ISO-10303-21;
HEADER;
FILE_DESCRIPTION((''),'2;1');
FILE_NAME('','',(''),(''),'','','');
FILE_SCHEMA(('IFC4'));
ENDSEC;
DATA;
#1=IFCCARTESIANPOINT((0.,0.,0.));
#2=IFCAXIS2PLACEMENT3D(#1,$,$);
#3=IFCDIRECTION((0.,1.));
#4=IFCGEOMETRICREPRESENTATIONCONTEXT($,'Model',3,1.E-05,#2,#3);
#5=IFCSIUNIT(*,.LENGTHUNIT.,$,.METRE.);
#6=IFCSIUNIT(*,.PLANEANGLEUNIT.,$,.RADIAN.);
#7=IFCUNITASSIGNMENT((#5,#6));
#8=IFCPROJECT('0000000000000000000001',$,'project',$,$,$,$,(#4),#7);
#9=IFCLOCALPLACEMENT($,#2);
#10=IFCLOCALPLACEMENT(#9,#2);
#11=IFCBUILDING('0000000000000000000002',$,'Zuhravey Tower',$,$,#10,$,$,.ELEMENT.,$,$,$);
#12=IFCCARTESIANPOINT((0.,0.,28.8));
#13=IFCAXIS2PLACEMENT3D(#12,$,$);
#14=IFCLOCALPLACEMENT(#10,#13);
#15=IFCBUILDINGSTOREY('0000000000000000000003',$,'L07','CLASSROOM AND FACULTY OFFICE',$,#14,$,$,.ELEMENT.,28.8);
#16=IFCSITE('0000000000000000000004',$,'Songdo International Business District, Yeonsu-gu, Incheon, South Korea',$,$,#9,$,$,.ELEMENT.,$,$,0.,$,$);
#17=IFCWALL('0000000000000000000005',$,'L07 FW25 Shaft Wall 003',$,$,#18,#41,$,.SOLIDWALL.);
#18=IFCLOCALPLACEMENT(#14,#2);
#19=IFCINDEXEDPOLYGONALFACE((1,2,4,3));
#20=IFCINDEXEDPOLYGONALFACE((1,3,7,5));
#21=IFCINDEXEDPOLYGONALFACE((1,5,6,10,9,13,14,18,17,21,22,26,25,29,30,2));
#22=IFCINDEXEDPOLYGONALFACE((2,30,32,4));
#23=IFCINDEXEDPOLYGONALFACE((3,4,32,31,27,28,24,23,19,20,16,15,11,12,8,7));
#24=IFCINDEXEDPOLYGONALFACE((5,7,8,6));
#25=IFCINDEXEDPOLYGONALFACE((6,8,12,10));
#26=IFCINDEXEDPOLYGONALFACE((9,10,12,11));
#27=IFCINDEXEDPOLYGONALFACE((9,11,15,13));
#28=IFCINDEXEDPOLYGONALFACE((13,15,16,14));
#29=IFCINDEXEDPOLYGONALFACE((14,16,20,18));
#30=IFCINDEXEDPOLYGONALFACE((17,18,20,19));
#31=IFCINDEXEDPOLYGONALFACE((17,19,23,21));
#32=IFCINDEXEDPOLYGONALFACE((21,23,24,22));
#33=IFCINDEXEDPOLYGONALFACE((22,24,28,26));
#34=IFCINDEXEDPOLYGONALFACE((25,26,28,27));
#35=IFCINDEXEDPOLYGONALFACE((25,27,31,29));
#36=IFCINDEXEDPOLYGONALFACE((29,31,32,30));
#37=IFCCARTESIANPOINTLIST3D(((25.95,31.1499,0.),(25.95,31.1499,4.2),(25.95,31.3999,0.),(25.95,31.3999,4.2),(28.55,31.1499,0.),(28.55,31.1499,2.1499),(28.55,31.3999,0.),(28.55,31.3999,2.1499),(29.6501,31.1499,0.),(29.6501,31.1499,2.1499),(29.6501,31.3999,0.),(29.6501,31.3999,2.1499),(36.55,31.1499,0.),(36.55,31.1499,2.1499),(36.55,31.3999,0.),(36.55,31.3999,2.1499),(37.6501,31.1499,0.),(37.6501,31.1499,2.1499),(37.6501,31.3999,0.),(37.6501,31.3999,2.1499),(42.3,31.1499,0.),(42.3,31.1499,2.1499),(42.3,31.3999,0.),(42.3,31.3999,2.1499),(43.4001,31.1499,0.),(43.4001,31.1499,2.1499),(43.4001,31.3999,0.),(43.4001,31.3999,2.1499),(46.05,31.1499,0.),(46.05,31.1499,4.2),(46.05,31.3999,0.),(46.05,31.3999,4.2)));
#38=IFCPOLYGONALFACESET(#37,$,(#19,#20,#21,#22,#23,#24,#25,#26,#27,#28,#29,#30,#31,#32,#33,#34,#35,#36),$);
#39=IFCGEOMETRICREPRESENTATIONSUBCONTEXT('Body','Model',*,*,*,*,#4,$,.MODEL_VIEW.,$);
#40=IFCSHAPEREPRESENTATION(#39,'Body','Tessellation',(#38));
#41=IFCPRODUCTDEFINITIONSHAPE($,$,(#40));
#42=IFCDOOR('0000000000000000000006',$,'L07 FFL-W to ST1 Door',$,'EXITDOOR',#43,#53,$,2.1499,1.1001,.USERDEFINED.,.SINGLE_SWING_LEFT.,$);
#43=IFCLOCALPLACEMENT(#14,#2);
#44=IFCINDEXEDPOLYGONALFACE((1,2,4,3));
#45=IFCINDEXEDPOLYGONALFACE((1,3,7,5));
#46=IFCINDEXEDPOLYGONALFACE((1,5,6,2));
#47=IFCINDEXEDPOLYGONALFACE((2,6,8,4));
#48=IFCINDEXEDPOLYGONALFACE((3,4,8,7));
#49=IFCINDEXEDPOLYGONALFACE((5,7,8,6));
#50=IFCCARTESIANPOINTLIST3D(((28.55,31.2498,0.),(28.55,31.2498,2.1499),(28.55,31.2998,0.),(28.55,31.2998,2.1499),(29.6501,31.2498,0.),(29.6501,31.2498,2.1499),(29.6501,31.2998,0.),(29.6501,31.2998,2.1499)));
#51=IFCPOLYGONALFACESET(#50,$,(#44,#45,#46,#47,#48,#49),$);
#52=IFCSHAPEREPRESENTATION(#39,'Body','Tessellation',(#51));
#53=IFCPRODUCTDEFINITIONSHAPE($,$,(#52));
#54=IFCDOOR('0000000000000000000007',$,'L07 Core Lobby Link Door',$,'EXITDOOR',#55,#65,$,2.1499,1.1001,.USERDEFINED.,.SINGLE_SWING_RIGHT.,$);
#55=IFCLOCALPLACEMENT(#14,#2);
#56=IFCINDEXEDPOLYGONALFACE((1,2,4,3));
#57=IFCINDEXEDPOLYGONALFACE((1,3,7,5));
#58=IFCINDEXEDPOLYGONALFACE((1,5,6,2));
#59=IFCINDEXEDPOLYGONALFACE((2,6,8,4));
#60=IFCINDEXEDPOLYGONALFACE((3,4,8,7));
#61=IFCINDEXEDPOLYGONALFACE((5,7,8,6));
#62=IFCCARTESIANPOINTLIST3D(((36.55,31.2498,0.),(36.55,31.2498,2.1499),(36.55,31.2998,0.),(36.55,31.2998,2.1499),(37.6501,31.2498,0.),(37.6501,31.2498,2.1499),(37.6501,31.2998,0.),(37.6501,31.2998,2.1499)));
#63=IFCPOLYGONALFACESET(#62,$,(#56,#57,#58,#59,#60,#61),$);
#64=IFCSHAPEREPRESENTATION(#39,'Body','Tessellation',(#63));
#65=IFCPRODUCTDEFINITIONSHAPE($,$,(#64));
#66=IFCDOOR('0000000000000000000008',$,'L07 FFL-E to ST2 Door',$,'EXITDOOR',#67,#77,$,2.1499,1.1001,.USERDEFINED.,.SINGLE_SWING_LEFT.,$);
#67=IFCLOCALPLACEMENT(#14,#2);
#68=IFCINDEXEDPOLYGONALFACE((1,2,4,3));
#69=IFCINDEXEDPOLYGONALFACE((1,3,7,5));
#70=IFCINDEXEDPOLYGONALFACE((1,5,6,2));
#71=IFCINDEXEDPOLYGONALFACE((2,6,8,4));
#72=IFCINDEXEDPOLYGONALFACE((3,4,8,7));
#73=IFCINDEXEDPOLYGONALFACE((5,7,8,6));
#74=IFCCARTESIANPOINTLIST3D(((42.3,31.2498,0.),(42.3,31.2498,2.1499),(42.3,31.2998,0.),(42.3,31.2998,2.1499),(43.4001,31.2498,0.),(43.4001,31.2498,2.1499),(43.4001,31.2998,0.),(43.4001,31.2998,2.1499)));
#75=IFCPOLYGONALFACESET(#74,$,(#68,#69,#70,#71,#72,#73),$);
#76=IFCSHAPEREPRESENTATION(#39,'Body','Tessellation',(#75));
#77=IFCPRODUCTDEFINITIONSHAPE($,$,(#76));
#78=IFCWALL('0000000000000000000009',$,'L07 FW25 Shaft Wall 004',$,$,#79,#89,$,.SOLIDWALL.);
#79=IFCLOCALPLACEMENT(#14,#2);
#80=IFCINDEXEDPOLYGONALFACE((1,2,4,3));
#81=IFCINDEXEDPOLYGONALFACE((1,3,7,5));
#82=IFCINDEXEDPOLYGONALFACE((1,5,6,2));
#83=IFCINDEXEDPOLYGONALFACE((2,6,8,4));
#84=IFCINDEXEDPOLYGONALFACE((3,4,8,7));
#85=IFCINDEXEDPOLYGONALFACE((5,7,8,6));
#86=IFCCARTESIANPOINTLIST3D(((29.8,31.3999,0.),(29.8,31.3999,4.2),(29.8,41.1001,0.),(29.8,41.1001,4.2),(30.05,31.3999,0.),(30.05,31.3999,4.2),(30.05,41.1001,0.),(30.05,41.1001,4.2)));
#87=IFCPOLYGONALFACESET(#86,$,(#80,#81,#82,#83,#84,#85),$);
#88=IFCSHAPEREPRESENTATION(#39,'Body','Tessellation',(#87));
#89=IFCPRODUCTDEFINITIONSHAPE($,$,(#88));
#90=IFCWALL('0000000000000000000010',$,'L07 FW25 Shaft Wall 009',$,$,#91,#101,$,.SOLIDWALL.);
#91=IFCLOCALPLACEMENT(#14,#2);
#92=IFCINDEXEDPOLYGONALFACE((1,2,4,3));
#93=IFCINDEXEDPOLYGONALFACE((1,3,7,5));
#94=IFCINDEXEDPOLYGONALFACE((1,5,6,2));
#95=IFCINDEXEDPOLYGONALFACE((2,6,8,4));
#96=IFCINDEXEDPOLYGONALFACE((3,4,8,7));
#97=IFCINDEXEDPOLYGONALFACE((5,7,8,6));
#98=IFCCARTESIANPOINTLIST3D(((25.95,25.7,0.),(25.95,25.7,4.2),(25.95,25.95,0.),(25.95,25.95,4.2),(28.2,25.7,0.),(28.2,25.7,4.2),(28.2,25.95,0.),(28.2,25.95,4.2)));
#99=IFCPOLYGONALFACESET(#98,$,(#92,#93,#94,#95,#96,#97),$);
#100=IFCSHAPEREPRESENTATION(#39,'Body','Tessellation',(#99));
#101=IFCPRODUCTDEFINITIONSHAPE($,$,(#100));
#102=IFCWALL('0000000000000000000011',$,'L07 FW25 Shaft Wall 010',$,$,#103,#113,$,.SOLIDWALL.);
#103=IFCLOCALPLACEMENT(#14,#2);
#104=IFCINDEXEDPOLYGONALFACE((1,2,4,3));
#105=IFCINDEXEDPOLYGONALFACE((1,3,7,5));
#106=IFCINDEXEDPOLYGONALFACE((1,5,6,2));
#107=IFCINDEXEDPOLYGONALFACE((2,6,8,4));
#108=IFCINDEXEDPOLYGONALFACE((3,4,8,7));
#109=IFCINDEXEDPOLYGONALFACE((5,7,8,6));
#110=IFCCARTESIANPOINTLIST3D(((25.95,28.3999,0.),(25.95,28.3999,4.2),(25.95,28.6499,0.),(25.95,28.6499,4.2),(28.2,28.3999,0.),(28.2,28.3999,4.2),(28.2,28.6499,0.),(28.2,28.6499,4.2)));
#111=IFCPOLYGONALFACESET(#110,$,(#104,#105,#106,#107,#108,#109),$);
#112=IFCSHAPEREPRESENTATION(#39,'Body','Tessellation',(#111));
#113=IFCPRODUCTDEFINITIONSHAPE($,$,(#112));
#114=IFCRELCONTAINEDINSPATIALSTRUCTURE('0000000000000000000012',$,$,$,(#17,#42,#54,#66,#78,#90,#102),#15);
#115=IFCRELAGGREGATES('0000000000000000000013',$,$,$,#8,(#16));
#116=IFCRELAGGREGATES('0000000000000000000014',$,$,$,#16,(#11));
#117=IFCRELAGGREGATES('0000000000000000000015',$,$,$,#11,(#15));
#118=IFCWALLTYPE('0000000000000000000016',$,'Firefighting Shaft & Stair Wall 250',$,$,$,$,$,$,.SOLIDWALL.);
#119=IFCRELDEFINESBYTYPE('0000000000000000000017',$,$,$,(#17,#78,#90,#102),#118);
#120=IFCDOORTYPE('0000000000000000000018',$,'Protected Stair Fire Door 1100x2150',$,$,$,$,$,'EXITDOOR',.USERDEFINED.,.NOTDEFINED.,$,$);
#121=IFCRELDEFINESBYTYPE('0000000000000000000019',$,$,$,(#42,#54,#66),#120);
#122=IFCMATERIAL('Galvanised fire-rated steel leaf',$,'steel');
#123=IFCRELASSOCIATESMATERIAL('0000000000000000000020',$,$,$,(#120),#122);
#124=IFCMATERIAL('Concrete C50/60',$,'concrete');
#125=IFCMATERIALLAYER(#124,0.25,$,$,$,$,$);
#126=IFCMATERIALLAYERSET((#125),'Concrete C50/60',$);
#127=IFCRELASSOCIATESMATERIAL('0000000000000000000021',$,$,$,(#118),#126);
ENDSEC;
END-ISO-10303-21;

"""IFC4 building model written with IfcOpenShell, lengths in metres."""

from ifc_helpers import new_model, si_unit, direction, frame, frame_2d, origin, place, context, subcontext, project, spatial, rectangle, extrude, material, layer, layer_set, type_object, element, fill, save


model = new_model("IFC4")

# Units and contexts
model_context = context("Model", 3, precision=1e-05, world=origin(), true_north=direction((0.0, 1.0)))
body_context = subcontext(model_context, "Body", "Model", "MODEL_VIEW")
ifc_project = project(units=[si_unit("LENGTHUNIT", "METRE"), si_unit("PLANEANGLEUNIT", "RADIAN")], contexts=[model_context])

# Site, building, storey
site_placement = place(None, origin())
site = spatial("IfcSite", under=ifc_project, at=site_placement, Name="Songdo International Business District, Yeonsu-gu, Incheon, South Korea", CompositionType="ELEMENT", RefElevation=0.0)
building_placement = place(site_placement, origin())
building = spatial("IfcBuilding", under=site, at=building_placement, Name="Zuhravey Tower", CompositionType="ELEMENT")
storey_placement = place(building_placement, frame((0.0, 0.0, 28.8)))
storey = spatial("IfcBuildingStorey", under=building, at=storey_placement, Name="L07", Description="CLASSROOM AND FACULTY OFFICE", CompositionType="ELEMENT", Elevation=28.8)

# Shared definitions
ifc_material_1 = material(Name="Galvanised fire-rated steel leaf", Category="steel")
door_type_1 = type_object("IfcDoorType", Name="Protected Stair Fire Door 1100x2150", ElementType="EXITDOOR", OperationType="NOTDEFINED", PredefinedType="USERDEFINED", material=ifc_material_1)

# Wall, openings, doors
ifc_material_2 = material(Name="Concrete C50/60", Category="concrete")
ifc_layer_1 = layer(ifc_material_2, 0.25)
ifc_layer_set_1 = layer_set([ifc_layer_1], Name="Concrete C50/60")
wall_type_1 = type_object("IfcWallType", Name="Firefighting Shaft & Stair Wall 250", PredefinedType="SOLIDWALL", material=ifc_layer_set_1)
wall_1_placement = place(storey_placement, frame((25.95, 31.2749, 0.0), z_axis=(0.0, 0.0, 1.0), x_axis=(1.0, 0.0, 0.0)))
wall_1 = element("IfcWall", 1, at=wall_1_placement, inside=storey, type_object=wall_type_1, Name="L07 FW25 Shaft Wall 003", PredefinedType="SOLIDWALL", context=body_context, shape_type="SweptSolid", body=[
    extrude(rectangle(XDim=20.1001, YDim=0.25, at=frame_2d((10.05, 0.0))), origin(), (0.0, 0.0, 1.0), 4.2),
])
opening_1_placement = place(wall_1_placement, frame((2.6001, 0.0, 0.0)))
opening_1 = element("IfcOpeningElement", 2, at=opening_1_placement, cuts=wall_1, PredefinedType="OPENING", context=body_context, shape_type="SweptSolid", body=[
    extrude(rectangle(XDim=1.1001, YDim=2.1499, at=frame_2d((0.55, 1.075))), frame((0.0, 0.137, 0.0), z_axis=(0.0, -1.0, 0.0), x_axis=(1.0, 0.0, 0.0)), (0.0, 0.0, 1.0), 0.2739),
])
opening_2_placement = place(wall_1_placement, frame((10.6001, 0.0, 0.0)))
opening_2 = element("IfcOpeningElement", 3, at=opening_2_placement, cuts=wall_1, PredefinedType="OPENING", context=body_context, shape_type="SweptSolid", body=[
    extrude(rectangle(XDim=1.1001, YDim=2.1499, at=frame_2d((0.55, 1.075))), frame((0.0, 0.137, 0.0), z_axis=(0.0, -1.0, 0.0), x_axis=(1.0, 0.0, 0.0)), (0.0, 0.0, 1.0), 0.2739),
])
opening_3_placement = place(wall_1_placement, frame((16.3501, 0.0, 0.0)))
opening_3 = element("IfcOpeningElement", 4, at=opening_3_placement, cuts=wall_1, PredefinedType="OPENING", context=body_context, shape_type="SweptSolid", body=[
    extrude(rectangle(XDim=1.1001, YDim=2.1499, at=frame_2d((0.55, 1.075))), frame((0.0, 0.137, 0.0), z_axis=(0.0, -1.0, 0.0), x_axis=(1.0, 0.0, 0.0)), (0.0, 0.0, 1.0), 0.2739),
])
door_1_placement = place(opening_1_placement, origin())
door_1 = element("IfcDoor", 5, at=door_1_placement, inside=storey, type_object=door_type_1, Name="L07 FFL-W to ST1 Door", ObjectType="EXITDOOR", OperationType="SINGLE_SWING_LEFT", OverallHeight=2.1499, OverallWidth=1.1001, PredefinedType="USERDEFINED", context=body_context, shape_type="SweptSolid", body=[
    extrude(rectangle(XDim=1.1001, YDim=2.1499, at=frame_2d((0.55, 1.075))), frame((0.0, 0.0249, 0.0), z_axis=(0.0, -1.0, 0.0), x_axis=(1.0, 0.0, 0.0)), (0.0, 0.0, 1.0), 0.05),
])
fill(opening_1, door_1)
door_2_placement = place(opening_2_placement, origin())
door_2 = element("IfcDoor", 6, at=door_2_placement, inside=storey, type_object=door_type_1, Name="L07 Core Lobby Link Door", ObjectType="EXITDOOR", OperationType="SINGLE_SWING_RIGHT", OverallHeight=2.1499, OverallWidth=1.1001, PredefinedType="USERDEFINED", context=body_context, shape_type="SweptSolid", body=[
    extrude(rectangle(XDim=1.1001, YDim=2.1499, at=frame_2d((0.55, 1.075))), frame((0.0, 0.0249, 0.0), z_axis=(0.0, -1.0, 0.0), x_axis=(1.0, 0.0, 0.0)), (0.0, 0.0, 1.0), 0.05),
])
fill(opening_2, door_2)
door_3_placement = place(opening_3_placement, origin())
door_3 = element("IfcDoor", 7, at=door_3_placement, inside=storey, type_object=door_type_1, Name="L07 FFL-E to ST2 Door", ObjectType="EXITDOOR", OperationType="SINGLE_SWING_LEFT", OverallHeight=2.1499, OverallWidth=1.1001, PredefinedType="USERDEFINED", context=body_context, shape_type="SweptSolid", body=[
    extrude(rectangle(XDim=1.1001, YDim=2.1499, at=frame_2d((0.55, 1.075))), frame((0.0, 0.0249, 0.0), z_axis=(0.0, -1.0, 0.0), x_axis=(1.0, 0.0, 0.0)), (0.0, 0.0, 1.0), 0.05),
])
fill(opening_3, door_3)

# Walls
wall_2_placement = place(storey_placement, frame((29.925, 31.3999, 0.0), z_axis=(0.0, 0.0, 1.0), x_axis=(0.0, 1.0, 0.0)))
element("IfcWall", 8, at=wall_2_placement, inside=storey, type_object=wall_type_1, Name="L07 FW25 Shaft Wall 004", PredefinedType="SOLIDWALL", context=body_context, shape_type="SweptSolid", body=[
    extrude(rectangle(XDim=9.7002, YDim=0.25, at=frame_2d((4.8501, 0.0))), origin(), (0.0, 0.0, 1.0), 4.2),
])
for number, where, z_axis, x_axis, name in (
    (9, (25.95, 25.825, 0.0), (0.0, 0.0, 1.0), (1.0, 0.0, 0.0), "L07 FW25 Shaft Wall 009"),
    (10, (25.95, 28.5249, 0.0), (0.0, 0.0, 1.0), (1.0, 0.0, 0.0), "L07 FW25 Shaft Wall 010"),
):
    element("IfcWall", number, at=place(storey_placement, frame(where, z_axis=z_axis, x_axis=x_axis)), inside=storey, type_object=wall_type_1, Name=name, PredefinedType="SOLIDWALL", context=body_context, shape_type="SweptSolid", body=[
        extrude(rectangle(XDim=2.25, YDim=0.25, at=frame_2d((1.125, 0.0))), origin(), (0.0, 0.0, 1.0), 4.2),
    ])

save(model, "model.ifc")
